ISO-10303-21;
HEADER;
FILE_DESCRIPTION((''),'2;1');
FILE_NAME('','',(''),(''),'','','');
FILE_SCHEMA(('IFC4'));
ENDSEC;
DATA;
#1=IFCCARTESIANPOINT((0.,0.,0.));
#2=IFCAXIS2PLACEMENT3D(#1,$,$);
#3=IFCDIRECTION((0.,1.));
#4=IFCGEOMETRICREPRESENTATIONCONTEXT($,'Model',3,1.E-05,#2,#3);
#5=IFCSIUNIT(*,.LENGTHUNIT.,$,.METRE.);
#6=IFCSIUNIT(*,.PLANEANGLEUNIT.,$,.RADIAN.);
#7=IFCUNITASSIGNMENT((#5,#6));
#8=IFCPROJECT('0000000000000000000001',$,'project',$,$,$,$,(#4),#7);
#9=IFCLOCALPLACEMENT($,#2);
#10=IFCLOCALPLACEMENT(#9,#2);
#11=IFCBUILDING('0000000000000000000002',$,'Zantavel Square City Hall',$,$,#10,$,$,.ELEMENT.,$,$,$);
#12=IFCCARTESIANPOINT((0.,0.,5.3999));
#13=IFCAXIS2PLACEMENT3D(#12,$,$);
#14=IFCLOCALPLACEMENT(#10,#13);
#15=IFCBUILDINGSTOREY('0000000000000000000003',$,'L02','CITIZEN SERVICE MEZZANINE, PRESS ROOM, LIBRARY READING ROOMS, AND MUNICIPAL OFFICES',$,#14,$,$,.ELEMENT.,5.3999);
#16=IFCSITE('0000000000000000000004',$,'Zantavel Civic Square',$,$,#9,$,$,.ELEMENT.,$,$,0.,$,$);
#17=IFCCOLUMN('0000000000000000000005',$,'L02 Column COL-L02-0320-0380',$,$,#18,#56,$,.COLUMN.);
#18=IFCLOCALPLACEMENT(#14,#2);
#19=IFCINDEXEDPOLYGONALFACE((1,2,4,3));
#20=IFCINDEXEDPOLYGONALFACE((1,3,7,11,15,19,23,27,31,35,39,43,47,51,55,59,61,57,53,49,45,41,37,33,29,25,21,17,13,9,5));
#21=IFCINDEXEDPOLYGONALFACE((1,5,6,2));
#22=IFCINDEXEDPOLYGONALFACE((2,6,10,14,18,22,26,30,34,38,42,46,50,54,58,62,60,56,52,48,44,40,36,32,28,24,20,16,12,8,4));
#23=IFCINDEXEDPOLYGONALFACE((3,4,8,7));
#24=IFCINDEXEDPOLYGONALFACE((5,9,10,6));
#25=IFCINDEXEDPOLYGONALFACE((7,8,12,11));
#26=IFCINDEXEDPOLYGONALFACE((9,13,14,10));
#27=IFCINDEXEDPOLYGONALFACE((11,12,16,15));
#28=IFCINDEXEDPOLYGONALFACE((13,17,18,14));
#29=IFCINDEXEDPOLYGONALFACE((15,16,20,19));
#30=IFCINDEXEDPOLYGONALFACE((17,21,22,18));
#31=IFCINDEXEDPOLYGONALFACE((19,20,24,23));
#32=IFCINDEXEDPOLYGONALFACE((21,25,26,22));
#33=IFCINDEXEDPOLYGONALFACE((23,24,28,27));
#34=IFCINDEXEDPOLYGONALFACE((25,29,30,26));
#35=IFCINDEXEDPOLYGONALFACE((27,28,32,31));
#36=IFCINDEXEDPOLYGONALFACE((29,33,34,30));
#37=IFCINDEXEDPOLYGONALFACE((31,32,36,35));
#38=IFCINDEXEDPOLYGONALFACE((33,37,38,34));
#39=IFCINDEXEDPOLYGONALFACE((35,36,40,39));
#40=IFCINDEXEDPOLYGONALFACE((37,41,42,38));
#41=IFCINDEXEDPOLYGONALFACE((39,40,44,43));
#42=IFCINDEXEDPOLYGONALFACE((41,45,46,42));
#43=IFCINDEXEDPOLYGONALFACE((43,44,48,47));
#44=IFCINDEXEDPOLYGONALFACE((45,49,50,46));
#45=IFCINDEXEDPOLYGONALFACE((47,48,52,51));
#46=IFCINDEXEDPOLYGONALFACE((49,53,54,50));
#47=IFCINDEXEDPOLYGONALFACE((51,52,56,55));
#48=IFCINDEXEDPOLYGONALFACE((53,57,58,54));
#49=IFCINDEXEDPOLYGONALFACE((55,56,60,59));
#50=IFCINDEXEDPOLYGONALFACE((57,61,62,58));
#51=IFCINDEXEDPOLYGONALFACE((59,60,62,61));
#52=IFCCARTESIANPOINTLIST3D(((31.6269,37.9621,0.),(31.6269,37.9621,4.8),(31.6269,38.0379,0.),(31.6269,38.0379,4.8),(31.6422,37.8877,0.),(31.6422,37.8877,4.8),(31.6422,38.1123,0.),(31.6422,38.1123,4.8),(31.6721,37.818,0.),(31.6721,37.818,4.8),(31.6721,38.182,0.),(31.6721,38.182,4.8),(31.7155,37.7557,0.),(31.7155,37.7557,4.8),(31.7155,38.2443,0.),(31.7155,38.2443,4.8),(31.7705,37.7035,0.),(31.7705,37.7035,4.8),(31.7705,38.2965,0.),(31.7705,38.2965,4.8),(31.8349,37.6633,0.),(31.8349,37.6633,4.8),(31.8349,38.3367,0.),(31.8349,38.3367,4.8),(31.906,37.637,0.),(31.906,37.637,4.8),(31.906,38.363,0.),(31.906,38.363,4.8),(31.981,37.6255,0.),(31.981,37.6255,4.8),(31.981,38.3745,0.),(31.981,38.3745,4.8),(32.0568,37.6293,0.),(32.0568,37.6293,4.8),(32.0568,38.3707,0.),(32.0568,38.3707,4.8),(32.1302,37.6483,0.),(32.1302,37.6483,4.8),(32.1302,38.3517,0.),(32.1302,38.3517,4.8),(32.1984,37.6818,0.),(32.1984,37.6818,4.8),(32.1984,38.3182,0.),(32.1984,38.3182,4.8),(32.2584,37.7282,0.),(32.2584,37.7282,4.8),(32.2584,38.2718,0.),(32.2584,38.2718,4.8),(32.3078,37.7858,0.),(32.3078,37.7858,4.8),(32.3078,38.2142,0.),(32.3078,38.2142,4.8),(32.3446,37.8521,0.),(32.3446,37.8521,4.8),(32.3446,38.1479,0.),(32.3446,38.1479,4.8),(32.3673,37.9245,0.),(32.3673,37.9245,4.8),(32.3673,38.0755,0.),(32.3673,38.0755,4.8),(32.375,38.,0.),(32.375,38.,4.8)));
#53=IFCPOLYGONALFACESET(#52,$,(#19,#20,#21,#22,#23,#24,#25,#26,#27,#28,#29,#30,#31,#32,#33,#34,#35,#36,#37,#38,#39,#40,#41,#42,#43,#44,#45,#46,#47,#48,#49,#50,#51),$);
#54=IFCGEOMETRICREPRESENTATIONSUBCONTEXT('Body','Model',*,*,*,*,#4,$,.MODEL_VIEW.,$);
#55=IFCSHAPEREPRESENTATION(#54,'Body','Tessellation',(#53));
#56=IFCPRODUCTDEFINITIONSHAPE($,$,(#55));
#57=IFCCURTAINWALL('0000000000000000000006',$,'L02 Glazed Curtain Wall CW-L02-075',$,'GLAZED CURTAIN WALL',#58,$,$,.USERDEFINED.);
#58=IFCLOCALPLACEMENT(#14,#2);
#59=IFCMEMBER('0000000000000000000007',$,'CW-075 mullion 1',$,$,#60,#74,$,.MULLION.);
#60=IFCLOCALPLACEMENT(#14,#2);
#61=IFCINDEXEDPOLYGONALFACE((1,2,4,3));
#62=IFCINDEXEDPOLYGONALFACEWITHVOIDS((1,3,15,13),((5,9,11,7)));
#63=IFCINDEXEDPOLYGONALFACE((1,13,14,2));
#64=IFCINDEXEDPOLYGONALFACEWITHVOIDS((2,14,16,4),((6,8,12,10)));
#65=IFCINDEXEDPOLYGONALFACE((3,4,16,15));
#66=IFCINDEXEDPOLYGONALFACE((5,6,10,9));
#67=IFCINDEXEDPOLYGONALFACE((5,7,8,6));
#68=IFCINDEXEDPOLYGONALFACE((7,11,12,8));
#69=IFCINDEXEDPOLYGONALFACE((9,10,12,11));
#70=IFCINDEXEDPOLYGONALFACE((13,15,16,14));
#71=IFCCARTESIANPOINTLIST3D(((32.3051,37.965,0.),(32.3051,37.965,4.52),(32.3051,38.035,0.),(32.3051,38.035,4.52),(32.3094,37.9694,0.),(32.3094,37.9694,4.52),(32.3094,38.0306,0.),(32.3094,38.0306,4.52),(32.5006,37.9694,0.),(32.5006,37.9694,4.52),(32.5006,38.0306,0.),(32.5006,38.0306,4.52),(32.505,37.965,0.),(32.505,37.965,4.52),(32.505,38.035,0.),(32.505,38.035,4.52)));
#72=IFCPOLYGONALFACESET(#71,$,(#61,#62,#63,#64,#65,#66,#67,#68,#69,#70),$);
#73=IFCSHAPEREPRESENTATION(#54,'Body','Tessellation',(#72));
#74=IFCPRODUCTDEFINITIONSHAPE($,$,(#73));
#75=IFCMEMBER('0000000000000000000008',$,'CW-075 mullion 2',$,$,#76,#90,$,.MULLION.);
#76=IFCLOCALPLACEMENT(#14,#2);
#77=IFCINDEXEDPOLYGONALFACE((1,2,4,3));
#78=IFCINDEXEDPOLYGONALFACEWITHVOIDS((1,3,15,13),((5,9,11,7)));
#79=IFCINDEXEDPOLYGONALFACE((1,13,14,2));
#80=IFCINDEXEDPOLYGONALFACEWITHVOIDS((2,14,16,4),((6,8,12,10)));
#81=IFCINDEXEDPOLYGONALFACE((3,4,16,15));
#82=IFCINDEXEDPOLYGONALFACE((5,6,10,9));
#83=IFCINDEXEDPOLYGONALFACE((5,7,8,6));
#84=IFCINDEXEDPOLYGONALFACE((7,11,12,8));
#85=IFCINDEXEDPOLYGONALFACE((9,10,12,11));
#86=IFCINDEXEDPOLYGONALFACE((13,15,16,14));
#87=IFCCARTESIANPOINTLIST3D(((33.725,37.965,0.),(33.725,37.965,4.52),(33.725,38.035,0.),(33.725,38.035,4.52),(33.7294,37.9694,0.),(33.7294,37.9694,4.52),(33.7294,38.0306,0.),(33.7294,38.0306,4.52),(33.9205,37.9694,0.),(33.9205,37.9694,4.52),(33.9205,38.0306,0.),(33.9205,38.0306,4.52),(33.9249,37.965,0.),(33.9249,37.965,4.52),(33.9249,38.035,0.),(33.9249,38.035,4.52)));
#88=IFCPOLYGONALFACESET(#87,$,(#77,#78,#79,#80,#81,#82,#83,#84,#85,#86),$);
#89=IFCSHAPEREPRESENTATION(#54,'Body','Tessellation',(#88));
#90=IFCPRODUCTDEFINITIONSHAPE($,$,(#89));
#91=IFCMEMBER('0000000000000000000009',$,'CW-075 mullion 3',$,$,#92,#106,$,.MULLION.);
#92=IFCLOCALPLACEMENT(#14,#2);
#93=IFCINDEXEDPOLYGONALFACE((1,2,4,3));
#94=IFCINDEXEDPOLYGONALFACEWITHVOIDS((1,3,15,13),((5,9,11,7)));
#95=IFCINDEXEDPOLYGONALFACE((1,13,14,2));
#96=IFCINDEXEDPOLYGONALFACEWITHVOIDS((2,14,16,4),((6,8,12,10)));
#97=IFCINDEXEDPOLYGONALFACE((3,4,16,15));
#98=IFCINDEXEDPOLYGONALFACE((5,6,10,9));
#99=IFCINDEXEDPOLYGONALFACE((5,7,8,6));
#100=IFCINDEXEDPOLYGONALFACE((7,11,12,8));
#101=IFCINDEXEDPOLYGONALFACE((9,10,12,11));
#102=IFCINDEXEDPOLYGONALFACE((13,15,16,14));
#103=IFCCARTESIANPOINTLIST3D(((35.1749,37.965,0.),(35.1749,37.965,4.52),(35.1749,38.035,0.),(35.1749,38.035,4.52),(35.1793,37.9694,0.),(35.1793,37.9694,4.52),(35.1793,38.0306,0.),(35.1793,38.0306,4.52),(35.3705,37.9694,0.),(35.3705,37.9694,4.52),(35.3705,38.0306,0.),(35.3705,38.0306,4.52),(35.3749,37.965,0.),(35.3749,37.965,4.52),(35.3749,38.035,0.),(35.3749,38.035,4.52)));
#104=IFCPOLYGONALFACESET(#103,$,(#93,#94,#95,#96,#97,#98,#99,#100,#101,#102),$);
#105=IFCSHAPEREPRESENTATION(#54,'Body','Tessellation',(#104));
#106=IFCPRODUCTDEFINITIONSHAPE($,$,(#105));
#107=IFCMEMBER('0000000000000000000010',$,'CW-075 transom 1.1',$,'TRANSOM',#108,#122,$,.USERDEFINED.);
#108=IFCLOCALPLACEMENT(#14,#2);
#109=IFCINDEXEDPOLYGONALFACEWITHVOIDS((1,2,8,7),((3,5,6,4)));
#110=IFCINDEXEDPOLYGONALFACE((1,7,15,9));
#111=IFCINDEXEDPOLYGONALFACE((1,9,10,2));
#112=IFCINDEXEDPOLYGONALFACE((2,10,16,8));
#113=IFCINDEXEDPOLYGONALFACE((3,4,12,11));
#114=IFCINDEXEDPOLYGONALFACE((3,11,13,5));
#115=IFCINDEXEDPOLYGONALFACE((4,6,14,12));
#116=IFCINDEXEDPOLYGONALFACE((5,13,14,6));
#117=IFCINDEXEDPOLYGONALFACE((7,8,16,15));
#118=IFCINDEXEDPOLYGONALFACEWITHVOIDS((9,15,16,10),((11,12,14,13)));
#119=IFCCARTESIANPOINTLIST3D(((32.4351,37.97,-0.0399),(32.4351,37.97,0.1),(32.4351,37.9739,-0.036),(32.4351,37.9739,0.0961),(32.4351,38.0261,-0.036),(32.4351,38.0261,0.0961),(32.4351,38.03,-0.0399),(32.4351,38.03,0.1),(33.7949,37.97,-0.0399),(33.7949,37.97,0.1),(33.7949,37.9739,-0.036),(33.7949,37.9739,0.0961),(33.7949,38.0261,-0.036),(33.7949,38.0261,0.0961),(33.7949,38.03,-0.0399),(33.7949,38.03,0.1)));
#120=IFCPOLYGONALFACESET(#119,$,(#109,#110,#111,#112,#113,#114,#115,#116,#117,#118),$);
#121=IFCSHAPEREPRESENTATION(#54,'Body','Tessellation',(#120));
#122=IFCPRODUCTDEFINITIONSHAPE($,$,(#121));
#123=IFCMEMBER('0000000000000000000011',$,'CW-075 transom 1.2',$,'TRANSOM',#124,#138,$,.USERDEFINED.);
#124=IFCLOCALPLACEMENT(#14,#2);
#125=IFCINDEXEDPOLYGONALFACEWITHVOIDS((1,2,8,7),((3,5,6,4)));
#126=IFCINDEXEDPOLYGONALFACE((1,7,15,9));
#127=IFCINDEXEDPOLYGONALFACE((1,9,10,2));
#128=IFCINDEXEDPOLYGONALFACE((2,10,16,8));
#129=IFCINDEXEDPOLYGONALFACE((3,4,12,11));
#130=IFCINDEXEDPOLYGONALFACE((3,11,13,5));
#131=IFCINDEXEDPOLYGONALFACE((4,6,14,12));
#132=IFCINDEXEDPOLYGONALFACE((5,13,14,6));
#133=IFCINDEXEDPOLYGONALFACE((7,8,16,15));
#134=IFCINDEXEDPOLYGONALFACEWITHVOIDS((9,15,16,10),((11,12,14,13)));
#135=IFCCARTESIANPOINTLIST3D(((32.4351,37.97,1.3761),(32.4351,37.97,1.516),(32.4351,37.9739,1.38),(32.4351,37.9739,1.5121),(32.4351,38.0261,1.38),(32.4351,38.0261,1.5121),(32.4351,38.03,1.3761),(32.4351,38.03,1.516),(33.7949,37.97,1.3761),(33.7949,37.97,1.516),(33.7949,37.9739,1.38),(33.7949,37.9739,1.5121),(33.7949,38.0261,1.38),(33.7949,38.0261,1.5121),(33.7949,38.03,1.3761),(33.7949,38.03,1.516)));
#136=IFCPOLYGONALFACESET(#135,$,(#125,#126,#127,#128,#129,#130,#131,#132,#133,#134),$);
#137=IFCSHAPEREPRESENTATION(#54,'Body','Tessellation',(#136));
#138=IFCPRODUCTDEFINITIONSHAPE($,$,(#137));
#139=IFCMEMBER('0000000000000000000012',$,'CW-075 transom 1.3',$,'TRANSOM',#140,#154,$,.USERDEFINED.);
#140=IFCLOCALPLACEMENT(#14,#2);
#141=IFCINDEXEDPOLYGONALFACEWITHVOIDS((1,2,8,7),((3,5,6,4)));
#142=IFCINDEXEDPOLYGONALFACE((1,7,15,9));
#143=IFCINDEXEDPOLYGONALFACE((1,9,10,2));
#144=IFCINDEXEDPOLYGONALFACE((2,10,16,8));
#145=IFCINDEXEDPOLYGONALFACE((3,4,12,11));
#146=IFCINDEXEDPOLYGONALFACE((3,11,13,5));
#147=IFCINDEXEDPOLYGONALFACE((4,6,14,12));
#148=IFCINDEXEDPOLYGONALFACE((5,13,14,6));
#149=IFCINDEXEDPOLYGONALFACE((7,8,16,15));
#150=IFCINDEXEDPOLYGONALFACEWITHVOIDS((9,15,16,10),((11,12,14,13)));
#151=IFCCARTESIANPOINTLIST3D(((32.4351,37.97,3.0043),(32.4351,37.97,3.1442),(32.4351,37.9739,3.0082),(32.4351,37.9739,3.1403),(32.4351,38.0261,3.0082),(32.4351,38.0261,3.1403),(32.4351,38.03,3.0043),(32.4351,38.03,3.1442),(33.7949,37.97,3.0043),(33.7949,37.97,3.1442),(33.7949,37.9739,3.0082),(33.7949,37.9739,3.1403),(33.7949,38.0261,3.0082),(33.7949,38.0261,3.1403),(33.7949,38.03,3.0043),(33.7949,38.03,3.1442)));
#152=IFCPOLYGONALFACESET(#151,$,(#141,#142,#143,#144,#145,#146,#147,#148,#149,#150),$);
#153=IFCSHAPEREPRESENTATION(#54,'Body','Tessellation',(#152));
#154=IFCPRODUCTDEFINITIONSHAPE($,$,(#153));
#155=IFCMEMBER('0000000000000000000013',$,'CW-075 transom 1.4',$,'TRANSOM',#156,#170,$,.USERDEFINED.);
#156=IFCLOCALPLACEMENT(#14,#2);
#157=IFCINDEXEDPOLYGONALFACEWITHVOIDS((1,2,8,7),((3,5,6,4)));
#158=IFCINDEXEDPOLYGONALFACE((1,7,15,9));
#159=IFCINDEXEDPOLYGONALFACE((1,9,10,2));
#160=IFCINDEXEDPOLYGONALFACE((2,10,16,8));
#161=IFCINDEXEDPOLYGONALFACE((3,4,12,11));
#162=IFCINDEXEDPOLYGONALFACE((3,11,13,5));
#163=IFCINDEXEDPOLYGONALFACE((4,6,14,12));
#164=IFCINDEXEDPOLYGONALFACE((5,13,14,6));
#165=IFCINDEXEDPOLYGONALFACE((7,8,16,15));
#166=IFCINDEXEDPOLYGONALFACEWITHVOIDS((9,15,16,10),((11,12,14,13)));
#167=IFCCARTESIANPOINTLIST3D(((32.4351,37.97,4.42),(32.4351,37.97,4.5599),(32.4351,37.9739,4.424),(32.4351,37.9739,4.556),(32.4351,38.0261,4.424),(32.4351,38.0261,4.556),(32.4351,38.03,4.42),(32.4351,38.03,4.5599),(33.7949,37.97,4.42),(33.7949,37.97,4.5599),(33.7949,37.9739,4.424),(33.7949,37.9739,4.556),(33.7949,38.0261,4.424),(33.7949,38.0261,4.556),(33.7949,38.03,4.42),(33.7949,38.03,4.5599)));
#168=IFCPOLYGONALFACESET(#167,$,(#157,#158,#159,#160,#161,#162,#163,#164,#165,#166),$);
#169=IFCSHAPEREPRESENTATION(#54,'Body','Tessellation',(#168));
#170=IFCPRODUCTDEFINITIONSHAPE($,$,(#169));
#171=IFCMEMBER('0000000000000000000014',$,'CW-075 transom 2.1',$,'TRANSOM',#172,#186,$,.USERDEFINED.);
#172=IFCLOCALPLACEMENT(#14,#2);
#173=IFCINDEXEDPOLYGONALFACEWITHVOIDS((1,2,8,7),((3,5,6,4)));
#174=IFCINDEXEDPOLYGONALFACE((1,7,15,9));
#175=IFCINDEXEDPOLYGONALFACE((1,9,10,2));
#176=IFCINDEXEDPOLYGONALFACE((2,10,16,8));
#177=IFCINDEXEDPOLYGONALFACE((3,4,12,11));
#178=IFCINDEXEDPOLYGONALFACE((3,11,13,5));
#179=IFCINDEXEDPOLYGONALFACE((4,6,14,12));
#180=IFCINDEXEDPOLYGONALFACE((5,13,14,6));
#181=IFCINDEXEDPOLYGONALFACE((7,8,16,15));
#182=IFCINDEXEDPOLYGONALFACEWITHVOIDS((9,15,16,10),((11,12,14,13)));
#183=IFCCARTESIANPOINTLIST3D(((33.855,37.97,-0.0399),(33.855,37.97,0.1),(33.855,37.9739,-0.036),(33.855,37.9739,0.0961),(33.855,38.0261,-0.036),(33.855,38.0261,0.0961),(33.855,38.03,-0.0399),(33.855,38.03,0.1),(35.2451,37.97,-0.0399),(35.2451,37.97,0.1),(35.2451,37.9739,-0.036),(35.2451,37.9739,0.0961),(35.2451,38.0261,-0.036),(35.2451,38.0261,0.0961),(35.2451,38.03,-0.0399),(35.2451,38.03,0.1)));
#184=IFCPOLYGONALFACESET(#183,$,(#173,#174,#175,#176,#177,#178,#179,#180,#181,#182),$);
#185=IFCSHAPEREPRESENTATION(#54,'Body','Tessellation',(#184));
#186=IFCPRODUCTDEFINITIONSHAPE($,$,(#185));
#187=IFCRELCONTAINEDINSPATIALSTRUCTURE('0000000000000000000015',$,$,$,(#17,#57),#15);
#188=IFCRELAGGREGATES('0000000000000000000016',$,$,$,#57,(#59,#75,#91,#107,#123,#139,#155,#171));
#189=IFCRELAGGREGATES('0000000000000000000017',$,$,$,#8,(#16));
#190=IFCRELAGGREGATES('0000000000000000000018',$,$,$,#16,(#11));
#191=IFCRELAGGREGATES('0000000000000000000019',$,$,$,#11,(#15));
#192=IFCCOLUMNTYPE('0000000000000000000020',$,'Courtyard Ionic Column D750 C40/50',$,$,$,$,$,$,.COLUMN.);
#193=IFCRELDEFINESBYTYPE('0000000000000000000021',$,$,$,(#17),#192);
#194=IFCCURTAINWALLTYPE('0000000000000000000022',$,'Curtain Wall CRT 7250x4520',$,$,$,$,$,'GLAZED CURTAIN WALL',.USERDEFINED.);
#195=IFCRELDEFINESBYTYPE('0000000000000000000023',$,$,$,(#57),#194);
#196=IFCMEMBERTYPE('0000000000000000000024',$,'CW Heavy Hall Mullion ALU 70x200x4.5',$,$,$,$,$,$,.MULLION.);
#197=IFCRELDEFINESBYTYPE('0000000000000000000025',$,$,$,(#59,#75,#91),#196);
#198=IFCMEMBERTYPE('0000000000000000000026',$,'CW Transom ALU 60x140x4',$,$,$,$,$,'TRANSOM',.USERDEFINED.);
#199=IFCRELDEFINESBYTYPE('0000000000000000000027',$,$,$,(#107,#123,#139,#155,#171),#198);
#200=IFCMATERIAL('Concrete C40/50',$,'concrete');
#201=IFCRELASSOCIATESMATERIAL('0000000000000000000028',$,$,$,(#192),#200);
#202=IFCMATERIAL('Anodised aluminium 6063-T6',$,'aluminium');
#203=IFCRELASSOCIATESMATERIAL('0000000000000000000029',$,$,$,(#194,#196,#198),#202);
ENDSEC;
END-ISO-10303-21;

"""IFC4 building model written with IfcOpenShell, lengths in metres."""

from ifc_helpers import new_model, si_unit, direction, frame, origin, origin_2d, place, context, subcontext, project, spatial, hollow_rectangle, circle, extrude, material, material_profile, profile_set, type_object, element, aggregate, save


model = new_model("IFC4")

# Units and contexts
model_context = context("Model", 3, precision=1e-05, world=origin(), true_north=direction((0.0, 1.0)))
body_context = subcontext(model_context, "Body", "Model", "MODEL_VIEW")
ifc_project = project(units=[si_unit("LENGTHUNIT", "METRE"), si_unit("PLANEANGLEUNIT", "RADIAN")], contexts=[model_context])

# Site, building, storey
site_placement = place(None, origin())
site = spatial("IfcSite", under=ifc_project, at=site_placement, Name="Zantavel Civic Square", CompositionType="ELEMENT", RefElevation=0.0)
building_placement = place(site_placement, origin())
building = spatial("IfcBuilding", under=site, at=building_placement, Name="Zantavel Square City Hall", CompositionType="ELEMENT")
storey_placement = place(building_placement, frame((0.0, 0.0, 5.3999)))
storey = spatial("IfcBuildingStorey", under=building, at=storey_placement, Name="L02", Description="CITIZEN SERVICE MEZZANINE, PRESS ROOM, LIBRARY READING ROOMS, AND MUNICIPAL OFFICES", CompositionType="ELEMENT", Elevation=5.3999)

# Column
ifc_material_1 = material(Name="Concrete C40/50", Category="concrete")
ifc_material_profile_1 = material_profile(ifc_material_1, circle(Radius=0.375, at=origin_2d()), Name="ROUND D750")
ifc_profile_set_1 = profile_set([ifc_material_profile_1], Name="Concrete C40/50")
column_type = type_object("IfcColumnType", Name="Courtyard Ionic Column D750 C40/50", PredefinedType="COLUMN", material=ifc_profile_set_1)
column_placement = place(storey_placement, frame((32.0, 38.0, 0.0), z_axis=(0.0, 0.0, 1.0), x_axis=(1.0, 0.0, 0.0)))
element("IfcColumn", 1, at=column_placement, inside=storey, type_object=column_type, Name="L02 Column COL-L02-0320-0380", PredefinedType="COLUMN", context=body_context, shape_type="SweptSolid", body=[
    extrude(circle(Radius=0.375, at=origin_2d()), origin(), (0.0, 0.0, 1.0), 4.8),
])

# Curtain wall, members
ifc_material_2 = material(Name="Anodised aluminium 6063-T6", Category="aluminium")
curtain_wall_type = type_object("IfcCurtainWallType", Name="Curtain Wall CRT 7250x4520", ElementType="GLAZED CURTAIN WALL", PredefinedType="USERDEFINED", material=ifc_material_2)
curtain_wall_placement = place(storey_placement, origin())
curtain_wall = element("IfcCurtainWall", 2, at=curtain_wall_placement, inside=storey, type_object=curtain_wall_type, Name="L02 Glazed Curtain Wall CW-L02-075", ObjectType="GLAZED CURTAIN WALL", PredefinedType="USERDEFINED")
ifc_material_profile_2 = material_profile(ifc_material_2, hollow_rectangle(XDim=0.0701, YDim=0.2, WallThickness=0.0044, at=origin_2d()), Name="ALU 70x200x4.5")
ifc_profile_set_2 = profile_set([ifc_material_profile_2], Name="Anodised aluminium 6063-T6")
member_type_1 = type_object("IfcMemberType", Name="CW Heavy Hall Mullion ALU 70x200x4.5", PredefinedType="MULLION", material=ifc_profile_set_2)
member_1_placement = place(storey_placement, frame((32.405, 38.0, 0.0), z_axis=(0.0, 0.0, 1.0), x_axis=(0.0, 1.0, 0.0)))
member_1 = element("IfcMember", 3, at=member_1_placement, type_object=member_type_1, Name="CW-075 mullion 1", PredefinedType="MULLION", context=body_context, shape_type="SweptSolid", body=[
    extrude(hollow_rectangle(XDim=0.0701, YDim=0.2, WallThickness=0.0044, at=origin_2d()), origin(), (0.0, 0.0, 1.0), 4.52),
])
member_2_placement = place(storey_placement, frame((33.825, 38.0, 0.0), z_axis=(0.0, 0.0, 1.0), x_axis=(0.0, 1.0, 0.0)))
member_2 = element("IfcMember", 4, at=member_2_placement, type_object=member_type_1, Name="CW-075 mullion 2", PredefinedType="MULLION", context=body_context, shape_type="SweptSolid", body=[
    extrude(hollow_rectangle(XDim=0.0701, YDim=0.2, WallThickness=0.0044, at=origin_2d()), origin(), (0.0, 0.0, 1.0), 4.52),
])
member_3_placement = place(storey_placement, frame((35.2749, 38.0, 0.0), z_axis=(0.0, 0.0, 1.0), x_axis=(0.0, 1.0, 0.0)))
member_3 = element("IfcMember", 5, at=member_3_placement, type_object=member_type_1, Name="CW-075 mullion 3", PredefinedType="MULLION", context=body_context, shape_type="SweptSolid", body=[
    extrude(hollow_rectangle(XDim=0.0701, YDim=0.2, WallThickness=0.0044, at=origin_2d()), origin(), (0.0, 0.0, 1.0), 4.52),
])
ifc_material_profile_3 = material_profile(ifc_material_2, hollow_rectangle(XDim=0.0601, YDim=0.1399, WallThickness=0.0039, at=origin_2d()), Name="ALU 60x140x4")
ifc_profile_set_3 = profile_set([ifc_material_profile_3], Name="Anodised aluminium 6063-T6")
member_type_2 = type_object("IfcMemberType", Name="CW Transom ALU 60x140x4", ElementType="TRANSOM", PredefinedType="USERDEFINED", material=ifc_profile_set_3)
member_4_placement = place(storey_placement, frame((32.4351, 38.0, 0.03), z_axis=(1.0, 0.0, 0.0), x_axis=(0.0, 1.0, 0.0)))
member_4 = element("IfcMember", 6, at=member_4_placement, type_object=member_type_2, Name="CW-075 transom 1.1", ObjectType="TRANSOM", PredefinedType="USERDEFINED", context=body_context, shape_type="SweptSolid", body=[
    extrude(hollow_rectangle(XDim=0.0601, YDim=0.1399, WallThickness=0.0039, at=origin_2d()), origin(), (0.0, 0.0, 1.0), 1.3599),
])
member_5_placement = place(storey_placement, frame((32.4351, 38.0, 1.446), z_axis=(1.0, 0.0, 0.0), x_axis=(0.0, 1.0, 0.0)))
member_5 = element("IfcMember", 7, at=member_5_placement, type_object=member_type_2, Name="CW-075 transom 1.2", ObjectType="TRANSOM", PredefinedType="USERDEFINED", context=body_context, shape_type="SweptSolid", body=[
    extrude(hollow_rectangle(XDim=0.0601, YDim=0.1399, WallThickness=0.0039, at=origin_2d()), origin(), (0.0, 0.0, 1.0), 1.3599),
])
member_6_placement = place(storey_placement, frame((32.4351, 38.0, 3.0742), z_axis=(1.0, 0.0, 0.0), x_axis=(0.0, 1.0, 0.0)))
member_6 = element("IfcMember", 8, at=member_6_placement, type_object=member_type_2, Name="CW-075 transom 1.3", ObjectType="TRANSOM", PredefinedType="USERDEFINED", context=body_context, shape_type="SweptSolid", body=[
    extrude(hollow_rectangle(XDim=0.0601, YDim=0.1399, WallThickness=0.0039, at=origin_2d()), origin(), (0.0, 0.0, 1.0), 1.3599),
])
member_7_placement = place(storey_placement, frame((32.4351, 38.0, 4.49), z_axis=(1.0, 0.0, 0.0), x_axis=(0.0, 1.0, 0.0)))
member_7 = element("IfcMember", 9, at=member_7_placement, type_object=member_type_2, Name="CW-075 transom 1.4", ObjectType="TRANSOM", PredefinedType="USERDEFINED", context=body_context, shape_type="SweptSolid", body=[
    extrude(hollow_rectangle(XDim=0.0601, YDim=0.1399, WallThickness=0.0039, at=origin_2d()), origin(), (0.0, 0.0, 1.0), 1.3599),
])
member_8_placement = place(storey_placement, frame((33.855, 38.0, 0.03), z_axis=(1.0, 0.0, 0.0), x_axis=(0.0, 1.0, 0.0)))
member_8 = element("IfcMember", 10, at=member_8_placement, type_object=member_type_2, Name="CW-075 transom 2.1", ObjectType="TRANSOM", PredefinedType="USERDEFINED", context=body_context, shape_type="SweptSolid", body=[
    extrude(hollow_rectangle(XDim=0.0601, YDim=0.1399, WallThickness=0.0039, at=origin_2d()), origin(), (0.0, 0.0, 1.0), 1.3901),
])
aggregate(curtain_wall, [member_1, member_2, member_3, member_4, member_5, member_6, member_7, member_8])

save(model, "model.ifc")
